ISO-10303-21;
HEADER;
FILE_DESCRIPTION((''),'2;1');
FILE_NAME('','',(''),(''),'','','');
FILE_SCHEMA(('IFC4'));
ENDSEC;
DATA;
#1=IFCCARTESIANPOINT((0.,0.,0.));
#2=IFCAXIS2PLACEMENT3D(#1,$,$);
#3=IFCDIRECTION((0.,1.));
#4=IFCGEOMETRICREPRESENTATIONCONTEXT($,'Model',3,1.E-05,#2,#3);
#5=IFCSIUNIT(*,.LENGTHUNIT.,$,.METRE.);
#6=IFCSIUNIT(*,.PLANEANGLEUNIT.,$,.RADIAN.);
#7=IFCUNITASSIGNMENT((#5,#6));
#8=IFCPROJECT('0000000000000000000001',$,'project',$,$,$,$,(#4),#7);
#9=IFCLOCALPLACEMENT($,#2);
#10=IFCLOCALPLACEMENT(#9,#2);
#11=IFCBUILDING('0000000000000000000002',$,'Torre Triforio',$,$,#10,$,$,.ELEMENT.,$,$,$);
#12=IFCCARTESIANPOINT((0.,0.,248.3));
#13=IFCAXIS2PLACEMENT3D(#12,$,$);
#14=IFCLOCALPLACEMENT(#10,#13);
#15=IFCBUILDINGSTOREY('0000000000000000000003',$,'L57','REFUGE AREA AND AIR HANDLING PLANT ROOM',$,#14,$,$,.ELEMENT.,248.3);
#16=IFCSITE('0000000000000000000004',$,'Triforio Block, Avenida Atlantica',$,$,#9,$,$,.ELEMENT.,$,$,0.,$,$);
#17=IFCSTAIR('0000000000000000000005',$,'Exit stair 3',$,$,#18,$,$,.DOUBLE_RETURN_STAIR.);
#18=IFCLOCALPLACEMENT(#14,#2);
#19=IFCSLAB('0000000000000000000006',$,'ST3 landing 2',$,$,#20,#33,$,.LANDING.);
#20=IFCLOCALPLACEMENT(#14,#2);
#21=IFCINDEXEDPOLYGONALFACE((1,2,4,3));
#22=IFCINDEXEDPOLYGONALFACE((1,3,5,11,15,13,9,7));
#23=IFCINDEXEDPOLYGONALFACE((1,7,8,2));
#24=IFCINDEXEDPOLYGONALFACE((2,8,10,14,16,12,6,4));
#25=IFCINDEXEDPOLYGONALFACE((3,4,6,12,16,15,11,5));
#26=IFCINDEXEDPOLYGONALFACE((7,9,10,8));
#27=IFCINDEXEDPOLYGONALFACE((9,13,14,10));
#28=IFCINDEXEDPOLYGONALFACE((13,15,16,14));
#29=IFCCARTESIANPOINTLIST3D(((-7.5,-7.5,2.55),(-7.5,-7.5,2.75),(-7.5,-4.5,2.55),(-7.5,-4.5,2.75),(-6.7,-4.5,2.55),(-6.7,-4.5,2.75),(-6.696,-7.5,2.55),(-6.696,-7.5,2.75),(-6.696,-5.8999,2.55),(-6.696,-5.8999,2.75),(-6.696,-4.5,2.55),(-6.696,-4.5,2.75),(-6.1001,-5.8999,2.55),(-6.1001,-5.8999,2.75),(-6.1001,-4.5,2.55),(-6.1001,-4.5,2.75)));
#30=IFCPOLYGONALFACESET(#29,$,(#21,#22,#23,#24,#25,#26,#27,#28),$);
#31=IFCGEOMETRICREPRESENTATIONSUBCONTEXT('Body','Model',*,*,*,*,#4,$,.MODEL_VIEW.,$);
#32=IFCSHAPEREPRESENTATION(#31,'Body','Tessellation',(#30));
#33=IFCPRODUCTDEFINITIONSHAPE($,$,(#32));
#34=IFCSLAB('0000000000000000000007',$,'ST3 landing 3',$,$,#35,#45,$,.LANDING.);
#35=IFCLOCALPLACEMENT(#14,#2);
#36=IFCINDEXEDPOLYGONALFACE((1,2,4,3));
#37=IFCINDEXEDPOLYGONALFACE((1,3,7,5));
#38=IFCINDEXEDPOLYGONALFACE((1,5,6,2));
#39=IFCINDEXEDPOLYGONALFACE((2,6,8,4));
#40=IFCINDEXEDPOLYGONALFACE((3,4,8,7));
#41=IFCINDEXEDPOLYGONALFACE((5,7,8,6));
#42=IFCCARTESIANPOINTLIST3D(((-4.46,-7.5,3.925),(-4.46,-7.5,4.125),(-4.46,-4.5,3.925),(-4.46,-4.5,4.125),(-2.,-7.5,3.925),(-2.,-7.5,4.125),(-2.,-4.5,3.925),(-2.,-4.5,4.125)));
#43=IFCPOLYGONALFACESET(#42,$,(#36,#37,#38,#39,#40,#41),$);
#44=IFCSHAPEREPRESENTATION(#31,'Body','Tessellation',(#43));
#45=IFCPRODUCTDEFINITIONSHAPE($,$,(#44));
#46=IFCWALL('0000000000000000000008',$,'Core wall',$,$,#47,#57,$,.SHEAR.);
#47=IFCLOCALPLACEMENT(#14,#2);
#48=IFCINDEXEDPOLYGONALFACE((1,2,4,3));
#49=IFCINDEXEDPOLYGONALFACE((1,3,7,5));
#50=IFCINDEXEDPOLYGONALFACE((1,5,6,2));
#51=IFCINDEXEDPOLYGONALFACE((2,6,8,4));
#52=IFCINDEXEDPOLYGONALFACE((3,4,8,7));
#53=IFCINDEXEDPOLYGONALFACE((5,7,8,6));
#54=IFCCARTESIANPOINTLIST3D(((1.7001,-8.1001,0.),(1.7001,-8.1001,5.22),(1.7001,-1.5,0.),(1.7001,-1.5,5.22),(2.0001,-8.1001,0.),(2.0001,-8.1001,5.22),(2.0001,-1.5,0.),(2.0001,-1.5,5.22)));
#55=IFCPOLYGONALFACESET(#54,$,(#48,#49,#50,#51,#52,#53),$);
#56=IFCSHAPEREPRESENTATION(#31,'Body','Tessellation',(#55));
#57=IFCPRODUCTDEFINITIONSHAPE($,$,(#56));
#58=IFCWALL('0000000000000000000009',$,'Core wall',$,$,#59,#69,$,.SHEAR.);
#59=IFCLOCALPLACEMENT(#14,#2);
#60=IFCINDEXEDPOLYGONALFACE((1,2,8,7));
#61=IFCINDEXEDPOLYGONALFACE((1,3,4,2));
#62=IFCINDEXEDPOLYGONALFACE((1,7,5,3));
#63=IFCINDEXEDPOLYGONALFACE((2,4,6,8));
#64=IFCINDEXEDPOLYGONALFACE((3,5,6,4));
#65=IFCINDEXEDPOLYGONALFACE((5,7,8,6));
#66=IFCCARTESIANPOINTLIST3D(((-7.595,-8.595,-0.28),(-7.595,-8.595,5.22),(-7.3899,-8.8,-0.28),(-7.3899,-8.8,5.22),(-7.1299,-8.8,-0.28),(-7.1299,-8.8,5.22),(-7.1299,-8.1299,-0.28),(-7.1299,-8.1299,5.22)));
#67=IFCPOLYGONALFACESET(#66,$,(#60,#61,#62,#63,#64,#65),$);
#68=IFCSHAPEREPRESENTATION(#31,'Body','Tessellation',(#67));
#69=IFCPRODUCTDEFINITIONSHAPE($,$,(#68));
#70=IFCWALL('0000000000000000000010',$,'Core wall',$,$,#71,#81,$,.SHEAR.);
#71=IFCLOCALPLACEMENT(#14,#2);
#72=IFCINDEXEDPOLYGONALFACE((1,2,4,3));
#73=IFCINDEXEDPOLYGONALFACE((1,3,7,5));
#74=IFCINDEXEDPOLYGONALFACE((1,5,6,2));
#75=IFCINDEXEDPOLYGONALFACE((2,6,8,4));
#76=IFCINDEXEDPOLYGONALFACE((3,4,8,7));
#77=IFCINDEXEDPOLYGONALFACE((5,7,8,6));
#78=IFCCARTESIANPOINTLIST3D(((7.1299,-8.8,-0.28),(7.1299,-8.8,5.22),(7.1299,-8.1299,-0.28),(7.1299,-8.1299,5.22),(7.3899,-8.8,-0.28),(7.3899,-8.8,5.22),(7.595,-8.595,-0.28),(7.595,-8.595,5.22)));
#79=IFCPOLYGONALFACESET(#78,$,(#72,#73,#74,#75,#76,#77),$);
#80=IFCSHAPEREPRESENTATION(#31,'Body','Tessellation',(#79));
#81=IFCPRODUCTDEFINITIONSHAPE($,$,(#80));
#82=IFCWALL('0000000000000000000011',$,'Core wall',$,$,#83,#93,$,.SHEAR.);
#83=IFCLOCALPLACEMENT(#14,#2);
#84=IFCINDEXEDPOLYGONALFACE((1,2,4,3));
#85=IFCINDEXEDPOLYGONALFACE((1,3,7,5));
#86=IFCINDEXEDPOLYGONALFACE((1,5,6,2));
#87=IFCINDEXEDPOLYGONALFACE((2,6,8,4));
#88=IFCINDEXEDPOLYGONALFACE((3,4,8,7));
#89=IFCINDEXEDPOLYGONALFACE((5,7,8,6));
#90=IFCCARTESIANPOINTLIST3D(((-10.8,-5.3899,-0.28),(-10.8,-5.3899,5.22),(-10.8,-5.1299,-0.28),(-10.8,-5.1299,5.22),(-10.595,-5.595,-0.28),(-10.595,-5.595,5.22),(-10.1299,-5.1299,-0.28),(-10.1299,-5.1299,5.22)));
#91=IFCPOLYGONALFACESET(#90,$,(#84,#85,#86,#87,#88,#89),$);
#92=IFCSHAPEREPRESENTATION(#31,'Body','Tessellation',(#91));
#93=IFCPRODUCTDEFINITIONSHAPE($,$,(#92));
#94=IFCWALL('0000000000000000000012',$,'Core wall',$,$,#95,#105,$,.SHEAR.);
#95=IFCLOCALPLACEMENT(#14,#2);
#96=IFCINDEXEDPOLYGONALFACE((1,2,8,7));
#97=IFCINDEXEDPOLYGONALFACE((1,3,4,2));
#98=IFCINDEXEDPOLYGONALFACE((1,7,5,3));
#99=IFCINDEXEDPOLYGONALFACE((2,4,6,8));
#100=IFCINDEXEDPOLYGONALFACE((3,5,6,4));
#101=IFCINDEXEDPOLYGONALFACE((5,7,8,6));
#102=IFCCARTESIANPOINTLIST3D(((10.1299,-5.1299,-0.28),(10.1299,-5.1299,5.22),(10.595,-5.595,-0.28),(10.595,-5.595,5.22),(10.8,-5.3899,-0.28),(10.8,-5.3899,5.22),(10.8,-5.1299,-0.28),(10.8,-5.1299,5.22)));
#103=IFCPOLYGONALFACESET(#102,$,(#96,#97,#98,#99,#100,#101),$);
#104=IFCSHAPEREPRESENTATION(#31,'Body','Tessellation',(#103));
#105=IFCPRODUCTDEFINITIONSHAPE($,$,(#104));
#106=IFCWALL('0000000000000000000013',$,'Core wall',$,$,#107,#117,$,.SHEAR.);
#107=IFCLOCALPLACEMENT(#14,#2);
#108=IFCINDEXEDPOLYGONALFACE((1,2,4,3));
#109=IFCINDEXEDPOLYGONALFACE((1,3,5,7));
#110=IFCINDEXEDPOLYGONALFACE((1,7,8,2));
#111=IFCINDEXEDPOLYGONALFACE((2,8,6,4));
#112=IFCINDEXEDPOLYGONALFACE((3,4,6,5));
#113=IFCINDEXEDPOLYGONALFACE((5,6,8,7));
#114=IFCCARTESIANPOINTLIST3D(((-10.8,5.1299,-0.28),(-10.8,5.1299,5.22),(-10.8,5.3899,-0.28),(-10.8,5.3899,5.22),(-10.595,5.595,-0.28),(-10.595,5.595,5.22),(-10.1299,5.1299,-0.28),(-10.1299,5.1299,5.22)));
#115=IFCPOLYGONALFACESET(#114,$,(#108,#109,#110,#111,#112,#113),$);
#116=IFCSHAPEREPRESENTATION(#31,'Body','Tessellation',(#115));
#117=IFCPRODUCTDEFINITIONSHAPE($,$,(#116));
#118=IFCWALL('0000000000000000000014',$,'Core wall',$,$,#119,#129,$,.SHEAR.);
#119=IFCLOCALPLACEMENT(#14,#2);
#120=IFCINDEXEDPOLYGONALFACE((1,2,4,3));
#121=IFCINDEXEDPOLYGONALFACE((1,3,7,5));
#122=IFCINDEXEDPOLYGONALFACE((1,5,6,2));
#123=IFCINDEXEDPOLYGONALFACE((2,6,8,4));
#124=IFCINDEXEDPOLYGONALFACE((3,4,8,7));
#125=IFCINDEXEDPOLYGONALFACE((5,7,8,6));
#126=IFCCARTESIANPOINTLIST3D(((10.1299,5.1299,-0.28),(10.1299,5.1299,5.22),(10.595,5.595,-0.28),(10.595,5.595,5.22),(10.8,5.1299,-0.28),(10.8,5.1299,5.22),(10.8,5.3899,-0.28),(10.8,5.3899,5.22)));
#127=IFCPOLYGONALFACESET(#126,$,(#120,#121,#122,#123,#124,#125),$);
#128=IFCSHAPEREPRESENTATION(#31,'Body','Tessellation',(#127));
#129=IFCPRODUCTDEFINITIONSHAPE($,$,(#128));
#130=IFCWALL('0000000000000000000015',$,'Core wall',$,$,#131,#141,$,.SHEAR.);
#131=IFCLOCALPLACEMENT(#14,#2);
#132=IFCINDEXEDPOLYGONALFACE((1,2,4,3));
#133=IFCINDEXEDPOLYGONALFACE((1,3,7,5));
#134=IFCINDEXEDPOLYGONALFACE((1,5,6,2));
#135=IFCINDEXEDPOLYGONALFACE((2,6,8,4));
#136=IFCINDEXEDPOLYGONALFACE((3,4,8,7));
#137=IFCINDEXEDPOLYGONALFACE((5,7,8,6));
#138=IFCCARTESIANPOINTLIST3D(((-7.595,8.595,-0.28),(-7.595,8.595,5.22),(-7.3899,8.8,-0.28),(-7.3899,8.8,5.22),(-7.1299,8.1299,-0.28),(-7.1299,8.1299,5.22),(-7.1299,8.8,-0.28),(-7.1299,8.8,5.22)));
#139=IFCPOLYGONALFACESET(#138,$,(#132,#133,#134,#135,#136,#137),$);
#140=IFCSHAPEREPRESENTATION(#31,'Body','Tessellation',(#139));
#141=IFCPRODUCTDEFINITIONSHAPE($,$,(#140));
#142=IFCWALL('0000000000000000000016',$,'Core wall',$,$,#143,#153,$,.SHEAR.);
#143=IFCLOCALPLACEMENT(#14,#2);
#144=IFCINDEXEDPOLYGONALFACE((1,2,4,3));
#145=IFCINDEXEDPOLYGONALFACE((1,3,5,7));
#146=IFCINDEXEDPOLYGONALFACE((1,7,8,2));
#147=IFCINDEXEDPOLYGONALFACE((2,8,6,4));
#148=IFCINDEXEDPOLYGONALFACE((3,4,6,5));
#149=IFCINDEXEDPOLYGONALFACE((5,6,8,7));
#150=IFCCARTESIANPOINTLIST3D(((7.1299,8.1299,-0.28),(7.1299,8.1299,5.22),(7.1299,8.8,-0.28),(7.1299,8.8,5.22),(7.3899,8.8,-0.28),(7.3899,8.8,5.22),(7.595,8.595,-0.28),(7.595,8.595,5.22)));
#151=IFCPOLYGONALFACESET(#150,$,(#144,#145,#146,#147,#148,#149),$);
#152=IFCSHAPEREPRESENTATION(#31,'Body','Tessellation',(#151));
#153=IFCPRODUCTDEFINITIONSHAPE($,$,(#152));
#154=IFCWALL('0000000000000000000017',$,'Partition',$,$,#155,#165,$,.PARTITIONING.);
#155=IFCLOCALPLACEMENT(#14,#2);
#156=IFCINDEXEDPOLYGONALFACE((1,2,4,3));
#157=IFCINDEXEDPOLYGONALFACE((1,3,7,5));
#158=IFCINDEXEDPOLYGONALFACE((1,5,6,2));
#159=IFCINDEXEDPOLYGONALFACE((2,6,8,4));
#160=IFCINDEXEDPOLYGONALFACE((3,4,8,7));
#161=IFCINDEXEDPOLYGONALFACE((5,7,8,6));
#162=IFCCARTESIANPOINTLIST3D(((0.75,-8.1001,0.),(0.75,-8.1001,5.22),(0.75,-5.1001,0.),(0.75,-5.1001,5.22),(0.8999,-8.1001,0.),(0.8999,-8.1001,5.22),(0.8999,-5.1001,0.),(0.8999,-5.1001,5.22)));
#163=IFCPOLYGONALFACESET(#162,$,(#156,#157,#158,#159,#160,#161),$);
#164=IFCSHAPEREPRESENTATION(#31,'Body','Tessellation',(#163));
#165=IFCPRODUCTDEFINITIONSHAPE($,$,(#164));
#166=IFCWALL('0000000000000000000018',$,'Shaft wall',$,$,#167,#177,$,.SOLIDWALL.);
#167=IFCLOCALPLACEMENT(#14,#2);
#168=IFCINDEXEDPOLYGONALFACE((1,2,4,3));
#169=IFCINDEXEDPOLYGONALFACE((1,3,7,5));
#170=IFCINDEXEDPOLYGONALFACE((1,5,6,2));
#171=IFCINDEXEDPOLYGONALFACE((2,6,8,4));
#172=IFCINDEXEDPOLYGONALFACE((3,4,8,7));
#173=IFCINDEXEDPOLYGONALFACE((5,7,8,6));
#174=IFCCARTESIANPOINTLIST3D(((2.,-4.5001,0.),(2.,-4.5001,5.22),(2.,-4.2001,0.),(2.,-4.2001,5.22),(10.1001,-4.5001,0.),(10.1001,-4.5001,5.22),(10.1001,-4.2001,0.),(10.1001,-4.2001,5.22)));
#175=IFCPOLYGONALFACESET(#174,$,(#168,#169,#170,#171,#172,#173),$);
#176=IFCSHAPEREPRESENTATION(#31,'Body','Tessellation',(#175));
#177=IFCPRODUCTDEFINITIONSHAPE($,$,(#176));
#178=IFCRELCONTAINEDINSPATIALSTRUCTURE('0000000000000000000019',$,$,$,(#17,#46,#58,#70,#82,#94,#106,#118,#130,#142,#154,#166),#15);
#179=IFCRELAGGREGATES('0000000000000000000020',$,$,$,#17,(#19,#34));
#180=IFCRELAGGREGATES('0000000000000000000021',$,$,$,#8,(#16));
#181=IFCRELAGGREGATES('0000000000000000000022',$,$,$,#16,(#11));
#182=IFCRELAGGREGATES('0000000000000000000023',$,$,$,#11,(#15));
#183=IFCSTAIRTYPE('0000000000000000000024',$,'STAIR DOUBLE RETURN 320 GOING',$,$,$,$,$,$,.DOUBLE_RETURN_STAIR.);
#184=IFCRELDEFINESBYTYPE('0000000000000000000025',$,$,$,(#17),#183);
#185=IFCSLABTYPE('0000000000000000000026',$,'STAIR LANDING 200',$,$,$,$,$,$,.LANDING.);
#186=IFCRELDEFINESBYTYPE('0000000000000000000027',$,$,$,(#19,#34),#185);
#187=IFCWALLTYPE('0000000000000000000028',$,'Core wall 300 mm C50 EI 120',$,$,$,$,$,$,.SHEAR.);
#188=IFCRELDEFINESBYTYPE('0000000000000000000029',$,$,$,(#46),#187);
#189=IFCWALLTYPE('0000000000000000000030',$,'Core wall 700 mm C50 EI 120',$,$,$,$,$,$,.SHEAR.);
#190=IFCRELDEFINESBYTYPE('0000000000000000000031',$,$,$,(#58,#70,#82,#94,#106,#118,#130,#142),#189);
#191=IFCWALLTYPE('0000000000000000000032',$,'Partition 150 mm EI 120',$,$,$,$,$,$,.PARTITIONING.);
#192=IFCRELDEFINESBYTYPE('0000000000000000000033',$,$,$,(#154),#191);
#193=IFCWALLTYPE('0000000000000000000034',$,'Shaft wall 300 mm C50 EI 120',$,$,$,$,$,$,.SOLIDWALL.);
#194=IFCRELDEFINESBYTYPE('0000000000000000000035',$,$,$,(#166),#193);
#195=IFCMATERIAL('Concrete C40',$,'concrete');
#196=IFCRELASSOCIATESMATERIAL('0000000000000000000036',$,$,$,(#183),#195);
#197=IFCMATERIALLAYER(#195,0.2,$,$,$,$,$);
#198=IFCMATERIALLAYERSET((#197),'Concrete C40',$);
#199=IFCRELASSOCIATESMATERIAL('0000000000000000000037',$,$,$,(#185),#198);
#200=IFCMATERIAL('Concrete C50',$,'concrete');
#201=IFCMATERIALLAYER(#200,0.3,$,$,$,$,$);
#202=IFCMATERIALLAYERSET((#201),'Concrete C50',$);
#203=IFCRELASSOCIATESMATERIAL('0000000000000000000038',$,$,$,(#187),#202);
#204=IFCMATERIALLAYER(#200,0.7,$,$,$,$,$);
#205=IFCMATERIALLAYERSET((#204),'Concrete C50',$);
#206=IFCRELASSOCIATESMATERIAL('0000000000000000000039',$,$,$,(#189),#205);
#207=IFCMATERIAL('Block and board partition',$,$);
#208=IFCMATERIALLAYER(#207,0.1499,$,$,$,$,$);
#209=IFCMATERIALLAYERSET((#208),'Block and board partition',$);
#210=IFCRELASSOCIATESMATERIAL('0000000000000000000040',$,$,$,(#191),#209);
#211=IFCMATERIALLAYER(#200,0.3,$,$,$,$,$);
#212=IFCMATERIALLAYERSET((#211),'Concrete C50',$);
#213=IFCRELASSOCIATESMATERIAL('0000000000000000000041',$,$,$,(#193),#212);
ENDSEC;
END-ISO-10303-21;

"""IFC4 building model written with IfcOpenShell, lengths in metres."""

from ifc_helpers import new_model, si_unit, direction, frame, frame_2d, origin, place, context, subcontext, project, spatial, polyline, rectangle, outline, extrude, material, layer, layer_set, type_object, element, aggregate, save


model = new_model("IFC4")

# Units and contexts
model_context = context("Model", 3, precision=1e-05, world=origin(), true_north=direction((0.0, 1.0)))
body_context = subcontext(model_context, "Body", "Model", "MODEL_VIEW")
ifc_project = project(units=[si_unit("LENGTHUNIT", "METRE"), si_unit("PLANEANGLEUNIT", "RADIAN")], contexts=[model_context])

# Site, building, storey
site_placement = place(None, origin())
site = spatial("IfcSite", under=ifc_project, at=site_placement, Name="Triforio Block, Avenida Atlantica", CompositionType="ELEMENT", RefElevation=0.0)
building_placement = place(site_placement, origin())
building = spatial("IfcBuilding", under=site, at=building_placement, Name="Torre Triforio", CompositionType="ELEMENT")
storey_placement = place(building_placement, frame((0.0, 0.0, 248.3)))
storey = spatial("IfcBuildingStorey", under=building, at=storey_placement, Name="L57", Description="REFUGE AREA AND AIR HANDLING PLANT ROOM", CompositionType="ELEMENT", Elevation=248.3)

# Shared definitions
ifc_material_1 = material(Name="Concrete C40", Category="concrete")

# Shared definitions
ifc_material_2 = material(Name="Concrete C50", Category="concrete")

# Stair, slabs
stair_type = type_object("IfcStairType", Name="STAIR DOUBLE RETURN 320 GOING", PredefinedType="DOUBLE_RETURN_STAIR", material=ifc_material_1)
ifc_layer_1 = layer(ifc_material_1, 0.2)
ifc_layer_set_1 = layer_set([ifc_layer_1], Name="Concrete C40")
slab_type_1 = type_object("IfcSlabType", Name="STAIR LANDING 200", PredefinedType="LANDING", material=ifc_layer_set_1)
stair_1_placement = place(storey_placement, origin())
stair_1 = element("IfcStair", 1, at=stair_1_placement, inside=storey, type_object=stair_type, Name="Exit stair 3", PredefinedType="DOUBLE_RETURN_STAIR")
slab_1_placement = place(storey_placement, frame((0.0, 0.0, 2.55)))
slab_1 = element("IfcSlab", 2, at=slab_1_placement, type_object=slab_type_1, Name="ST3 landing 2", PredefinedType="LANDING", context=body_context, shape_type="SweptSolid", body=[
    extrude(outline(polyline([(-6.696, -7.5), (-7.5, -7.5), (-7.5, -4.5), (-6.7, -4.5), (-6.696, -4.5), (-6.1001, -4.5), (-6.1001, -5.8999), (-6.696, -5.8999), (-6.696, -7.5)])), origin(), (0.0, 0.0, 1.0), 0.2),
])
slab_2_placement = place(storey_placement, frame((0.0, 0.0, 3.925)))
slab_2 = element("IfcSlab", 3, at=slab_2_placement, type_object=slab_type_1, Name="ST3 landing 3", PredefinedType="LANDING", context=body_context, shape_type="SweptSolid", body=[
    extrude(outline(polyline([(-2.0, -7.5), (-2.0, -4.5), (-4.46, -4.5), (-4.46, -7.5), (-2.0, -7.5)])), origin(), (0.0, 0.0, 1.0), 0.2),
])
aggregate(stair_1, [slab_1, slab_2])

# Walls
ifc_layer_2 = layer(ifc_material_2, 0.3)
ifc_layer_set_2 = layer_set([ifc_layer_2], Name="Concrete C50")
wall_type_1 = type_object("IfcWallType", Name="Core wall 300 mm C50 EI 120", PredefinedType="SHEAR", material=ifc_layer_set_2)
wall_1_placement = place(storey_placement, frame((1.8501, -8.1001, 0.0), z_axis=(0.0, 0.0, 1.0), x_axis=(0.0, 1.0, 0.0)))
element("IfcWall", 4, at=wall_1_placement, inside=storey, type_object=wall_type_1, Name="Core wall", PredefinedType="SHEAR", context=body_context, shape_type="SweptSolid", body=[
    extrude(rectangle(XDim=6.6001, YDim=0.3, at=frame_2d((3.3, 0.0))), origin(), (0.0, 0.0, 1.0), 5.22),
])
ifc_layer_3 = layer(ifc_material_2, 0.7)
ifc_layer_set_3 = layer_set([ifc_layer_3], Name="Concrete C50")
wall_type_2 = type_object("IfcWallType", Name="Core wall 700 mm C50 EI 120", PredefinedType="SHEAR", material=ifc_layer_set_3)
wall_2_placement = place(storey_placement, frame((0.0, 0.0, -0.28)))
element("IfcWall", 5, at=wall_2_placement, inside=storey, type_object=wall_type_2, Name="Core wall", PredefinedType="SHEAR", context=body_context, shape_type="SweptSolid", body=[
    extrude(outline(polyline([(-7.3899, -8.8), (-7.595, -8.595), (-7.595, -8.595), (-7.595, -8.595), (-7.1299, -8.1299), (-7.1299, -8.8), (-7.1299, -8.8), (-7.3899, -8.8)])), origin(), (0.0, 0.0, 1.0), 5.5),
])
wall_3_placement = place(storey_placement, frame((0.0, 0.0, -0.28)))
element("IfcWall", 6, at=wall_3_placement, inside=storey, type_object=wall_type_2, Name="Core wall", PredefinedType="SHEAR", context=body_context, shape_type="SweptSolid", body=[
    extrude(outline(polyline([(7.3899, -8.8), (7.1299, -8.8), (7.1299, -8.8), (7.1299, -8.1299), (7.595, -8.595), (7.595, -8.595), (7.595, -8.595), (7.3899, -8.8)])), origin(), (0.0, 0.0, 1.0), 5.5),
])
wall_4_placement = place(storey_placement, frame((0.0, 0.0, -0.28)))
element("IfcWall", 7, at=wall_4_placement, inside=storey, type_object=wall_type_2, Name="Core wall", PredefinedType="SHEAR", context=body_context, shape_type="SweptSolid", body=[
    extrude(outline(polyline([(-10.8, -5.3899), (-10.8, -5.1299), (-10.8, -5.1299), (-10.1299, -5.1299), (-10.595, -5.595), (-10.595, -5.595), (-10.595, -5.595), (-10.8, -5.3899)])), origin(), (0.0, 0.0, 1.0), 5.5),
])
wall_5_placement = place(storey_placement, frame((0.0, 0.0, -0.28)))
element("IfcWall", 8, at=wall_5_placement, inside=storey, type_object=wall_type_2, Name="Core wall", PredefinedType="SHEAR", context=body_context, shape_type="SweptSolid", body=[
    extrude(outline(polyline([(10.8, -5.3899), (10.595, -5.595), (10.595, -5.595), (10.595, -5.595), (10.1299, -5.1299), (10.8, -5.1299), (10.8, -5.1299), (10.8, -5.3899)])), origin(), (0.0, 0.0, 1.0), 5.5),
])
wall_6_placement = place(storey_placement, frame((0.0, 0.0, -0.28)))
element("IfcWall", 9, at=wall_6_placement, inside=storey, type_object=wall_type_2, Name="Core wall", PredefinedType="SHEAR", context=body_context, shape_type="SweptSolid", body=[
    extrude(outline(polyline([(-10.595, 5.595), (-10.595, 5.595), (-10.595, 5.595), (-10.1299, 5.1299), (-10.8, 5.1299), (-10.8, 5.1299), (-10.8, 5.3899), (-10.595, 5.595)])), origin(), (0.0, 0.0, 1.0), 5.5),
])
wall_7_placement = place(storey_placement, frame((0.0, 0.0, -0.28)))
element("IfcWall", 10, at=wall_7_placement, inside=storey, type_object=wall_type_2, Name="Core wall", PredefinedType="SHEAR", context=body_context, shape_type="SweptSolid", body=[
    extrude(outline(polyline([(10.8, 5.3899), (10.8, 5.1299), (10.8, 5.1299), (10.1299, 5.1299), (10.595, 5.595), (10.595, 5.595), (10.595, 5.595), (10.8, 5.3899)])), origin(), (0.0, 0.0, 1.0), 5.5),
])
wall_8_placement = place(storey_placement, frame((0.0, 0.0, -0.28)))
element("IfcWall", 11, at=wall_8_placement, inside=storey, type_object=wall_type_2, Name="Core wall", PredefinedType="SHEAR", context=body_context, shape_type="SweptSolid", body=[
    extrude(outline(polyline([(-7.3899, 8.8), (-7.1299, 8.8), (-7.1299, 8.8), (-7.1299, 8.1299), (-7.595, 8.595), (-7.595, 8.595), (-7.595, 8.595), (-7.3899, 8.8)])), origin(), (0.0, 0.0, 1.0), 5.5),
])
wall_9_placement = place(storey_placement, frame((0.0, 0.0, -0.28)))
element("IfcWall", 12, at=wall_9_placement, inside=storey, type_object=wall_type_2, Name="Core wall", PredefinedType="SHEAR", context=body_context, shape_type="SweptSolid", body=[
    extrude(outline(polyline([(7.3899, 8.8), (7.595, 8.595), (7.595, 8.595), (7.595, 8.595), (7.1299, 8.1299), (7.1299, 8.8), (7.1299, 8.8), (7.3899, 8.8)])), origin(), (0.0, 0.0, 1.0), 5.5),
])
ifc_material_3 = material(Name="Block and board partition")
ifc_layer_4 = layer(ifc_material_3, 0.1499)
ifc_layer_set_4 = layer_set([ifc_layer_4], Name="Block and board partition")
wall_type_3 = type_object("IfcWallType", Name="Partition 150 mm EI 120", PredefinedType="PARTITIONING", material=ifc_layer_set_4)
wall_10_placement = place(storey_placement, frame((0.825, -8.1001, 0.0), z_axis=(0.0, 0.0, 1.0), x_axis=(0.0, 1.0, 0.0)))
element("IfcWall", 13, at=wall_10_placement, inside=storey, type_object=wall_type_3, Name="Partition", PredefinedType="PARTITIONING", context=body_context, shape_type="SweptSolid", body=[
    extrude(rectangle(XDim=3.0, YDim=0.1499, at=frame_2d((1.5, 0.0))), origin(), (0.0, 0.0, 1.0), 5.22),
])
ifc_layer_5 = layer(ifc_material_2, 0.3)
ifc_layer_set_5 = layer_set([ifc_layer_5], Name="Concrete C50")
wall_type_4 = type_object("IfcWallType", Name="Shaft wall 300 mm C50 EI 120", PredefinedType="SOLIDWALL", material=ifc_layer_set_5)
wall_11_placement = place(storey_placement, frame((2.0, -4.3501, 0.0), z_axis=(0.0, 0.0, 1.0), x_axis=(1.0, 0.0, 0.0)))
element("IfcWall", 14, at=wall_11_placement, inside=storey, type_object=wall_type_4, Name="Shaft wall", PredefinedType="SOLIDWALL", context=body_context, shape_type="SweptSolid", body=[
    extrude(rectangle(XDim=8.1001, YDim=0.3, at=frame_2d((4.05, 0.0))), origin(), (0.0, 0.0, 1.0), 5.22),
])

save(model, "model.ifc")
